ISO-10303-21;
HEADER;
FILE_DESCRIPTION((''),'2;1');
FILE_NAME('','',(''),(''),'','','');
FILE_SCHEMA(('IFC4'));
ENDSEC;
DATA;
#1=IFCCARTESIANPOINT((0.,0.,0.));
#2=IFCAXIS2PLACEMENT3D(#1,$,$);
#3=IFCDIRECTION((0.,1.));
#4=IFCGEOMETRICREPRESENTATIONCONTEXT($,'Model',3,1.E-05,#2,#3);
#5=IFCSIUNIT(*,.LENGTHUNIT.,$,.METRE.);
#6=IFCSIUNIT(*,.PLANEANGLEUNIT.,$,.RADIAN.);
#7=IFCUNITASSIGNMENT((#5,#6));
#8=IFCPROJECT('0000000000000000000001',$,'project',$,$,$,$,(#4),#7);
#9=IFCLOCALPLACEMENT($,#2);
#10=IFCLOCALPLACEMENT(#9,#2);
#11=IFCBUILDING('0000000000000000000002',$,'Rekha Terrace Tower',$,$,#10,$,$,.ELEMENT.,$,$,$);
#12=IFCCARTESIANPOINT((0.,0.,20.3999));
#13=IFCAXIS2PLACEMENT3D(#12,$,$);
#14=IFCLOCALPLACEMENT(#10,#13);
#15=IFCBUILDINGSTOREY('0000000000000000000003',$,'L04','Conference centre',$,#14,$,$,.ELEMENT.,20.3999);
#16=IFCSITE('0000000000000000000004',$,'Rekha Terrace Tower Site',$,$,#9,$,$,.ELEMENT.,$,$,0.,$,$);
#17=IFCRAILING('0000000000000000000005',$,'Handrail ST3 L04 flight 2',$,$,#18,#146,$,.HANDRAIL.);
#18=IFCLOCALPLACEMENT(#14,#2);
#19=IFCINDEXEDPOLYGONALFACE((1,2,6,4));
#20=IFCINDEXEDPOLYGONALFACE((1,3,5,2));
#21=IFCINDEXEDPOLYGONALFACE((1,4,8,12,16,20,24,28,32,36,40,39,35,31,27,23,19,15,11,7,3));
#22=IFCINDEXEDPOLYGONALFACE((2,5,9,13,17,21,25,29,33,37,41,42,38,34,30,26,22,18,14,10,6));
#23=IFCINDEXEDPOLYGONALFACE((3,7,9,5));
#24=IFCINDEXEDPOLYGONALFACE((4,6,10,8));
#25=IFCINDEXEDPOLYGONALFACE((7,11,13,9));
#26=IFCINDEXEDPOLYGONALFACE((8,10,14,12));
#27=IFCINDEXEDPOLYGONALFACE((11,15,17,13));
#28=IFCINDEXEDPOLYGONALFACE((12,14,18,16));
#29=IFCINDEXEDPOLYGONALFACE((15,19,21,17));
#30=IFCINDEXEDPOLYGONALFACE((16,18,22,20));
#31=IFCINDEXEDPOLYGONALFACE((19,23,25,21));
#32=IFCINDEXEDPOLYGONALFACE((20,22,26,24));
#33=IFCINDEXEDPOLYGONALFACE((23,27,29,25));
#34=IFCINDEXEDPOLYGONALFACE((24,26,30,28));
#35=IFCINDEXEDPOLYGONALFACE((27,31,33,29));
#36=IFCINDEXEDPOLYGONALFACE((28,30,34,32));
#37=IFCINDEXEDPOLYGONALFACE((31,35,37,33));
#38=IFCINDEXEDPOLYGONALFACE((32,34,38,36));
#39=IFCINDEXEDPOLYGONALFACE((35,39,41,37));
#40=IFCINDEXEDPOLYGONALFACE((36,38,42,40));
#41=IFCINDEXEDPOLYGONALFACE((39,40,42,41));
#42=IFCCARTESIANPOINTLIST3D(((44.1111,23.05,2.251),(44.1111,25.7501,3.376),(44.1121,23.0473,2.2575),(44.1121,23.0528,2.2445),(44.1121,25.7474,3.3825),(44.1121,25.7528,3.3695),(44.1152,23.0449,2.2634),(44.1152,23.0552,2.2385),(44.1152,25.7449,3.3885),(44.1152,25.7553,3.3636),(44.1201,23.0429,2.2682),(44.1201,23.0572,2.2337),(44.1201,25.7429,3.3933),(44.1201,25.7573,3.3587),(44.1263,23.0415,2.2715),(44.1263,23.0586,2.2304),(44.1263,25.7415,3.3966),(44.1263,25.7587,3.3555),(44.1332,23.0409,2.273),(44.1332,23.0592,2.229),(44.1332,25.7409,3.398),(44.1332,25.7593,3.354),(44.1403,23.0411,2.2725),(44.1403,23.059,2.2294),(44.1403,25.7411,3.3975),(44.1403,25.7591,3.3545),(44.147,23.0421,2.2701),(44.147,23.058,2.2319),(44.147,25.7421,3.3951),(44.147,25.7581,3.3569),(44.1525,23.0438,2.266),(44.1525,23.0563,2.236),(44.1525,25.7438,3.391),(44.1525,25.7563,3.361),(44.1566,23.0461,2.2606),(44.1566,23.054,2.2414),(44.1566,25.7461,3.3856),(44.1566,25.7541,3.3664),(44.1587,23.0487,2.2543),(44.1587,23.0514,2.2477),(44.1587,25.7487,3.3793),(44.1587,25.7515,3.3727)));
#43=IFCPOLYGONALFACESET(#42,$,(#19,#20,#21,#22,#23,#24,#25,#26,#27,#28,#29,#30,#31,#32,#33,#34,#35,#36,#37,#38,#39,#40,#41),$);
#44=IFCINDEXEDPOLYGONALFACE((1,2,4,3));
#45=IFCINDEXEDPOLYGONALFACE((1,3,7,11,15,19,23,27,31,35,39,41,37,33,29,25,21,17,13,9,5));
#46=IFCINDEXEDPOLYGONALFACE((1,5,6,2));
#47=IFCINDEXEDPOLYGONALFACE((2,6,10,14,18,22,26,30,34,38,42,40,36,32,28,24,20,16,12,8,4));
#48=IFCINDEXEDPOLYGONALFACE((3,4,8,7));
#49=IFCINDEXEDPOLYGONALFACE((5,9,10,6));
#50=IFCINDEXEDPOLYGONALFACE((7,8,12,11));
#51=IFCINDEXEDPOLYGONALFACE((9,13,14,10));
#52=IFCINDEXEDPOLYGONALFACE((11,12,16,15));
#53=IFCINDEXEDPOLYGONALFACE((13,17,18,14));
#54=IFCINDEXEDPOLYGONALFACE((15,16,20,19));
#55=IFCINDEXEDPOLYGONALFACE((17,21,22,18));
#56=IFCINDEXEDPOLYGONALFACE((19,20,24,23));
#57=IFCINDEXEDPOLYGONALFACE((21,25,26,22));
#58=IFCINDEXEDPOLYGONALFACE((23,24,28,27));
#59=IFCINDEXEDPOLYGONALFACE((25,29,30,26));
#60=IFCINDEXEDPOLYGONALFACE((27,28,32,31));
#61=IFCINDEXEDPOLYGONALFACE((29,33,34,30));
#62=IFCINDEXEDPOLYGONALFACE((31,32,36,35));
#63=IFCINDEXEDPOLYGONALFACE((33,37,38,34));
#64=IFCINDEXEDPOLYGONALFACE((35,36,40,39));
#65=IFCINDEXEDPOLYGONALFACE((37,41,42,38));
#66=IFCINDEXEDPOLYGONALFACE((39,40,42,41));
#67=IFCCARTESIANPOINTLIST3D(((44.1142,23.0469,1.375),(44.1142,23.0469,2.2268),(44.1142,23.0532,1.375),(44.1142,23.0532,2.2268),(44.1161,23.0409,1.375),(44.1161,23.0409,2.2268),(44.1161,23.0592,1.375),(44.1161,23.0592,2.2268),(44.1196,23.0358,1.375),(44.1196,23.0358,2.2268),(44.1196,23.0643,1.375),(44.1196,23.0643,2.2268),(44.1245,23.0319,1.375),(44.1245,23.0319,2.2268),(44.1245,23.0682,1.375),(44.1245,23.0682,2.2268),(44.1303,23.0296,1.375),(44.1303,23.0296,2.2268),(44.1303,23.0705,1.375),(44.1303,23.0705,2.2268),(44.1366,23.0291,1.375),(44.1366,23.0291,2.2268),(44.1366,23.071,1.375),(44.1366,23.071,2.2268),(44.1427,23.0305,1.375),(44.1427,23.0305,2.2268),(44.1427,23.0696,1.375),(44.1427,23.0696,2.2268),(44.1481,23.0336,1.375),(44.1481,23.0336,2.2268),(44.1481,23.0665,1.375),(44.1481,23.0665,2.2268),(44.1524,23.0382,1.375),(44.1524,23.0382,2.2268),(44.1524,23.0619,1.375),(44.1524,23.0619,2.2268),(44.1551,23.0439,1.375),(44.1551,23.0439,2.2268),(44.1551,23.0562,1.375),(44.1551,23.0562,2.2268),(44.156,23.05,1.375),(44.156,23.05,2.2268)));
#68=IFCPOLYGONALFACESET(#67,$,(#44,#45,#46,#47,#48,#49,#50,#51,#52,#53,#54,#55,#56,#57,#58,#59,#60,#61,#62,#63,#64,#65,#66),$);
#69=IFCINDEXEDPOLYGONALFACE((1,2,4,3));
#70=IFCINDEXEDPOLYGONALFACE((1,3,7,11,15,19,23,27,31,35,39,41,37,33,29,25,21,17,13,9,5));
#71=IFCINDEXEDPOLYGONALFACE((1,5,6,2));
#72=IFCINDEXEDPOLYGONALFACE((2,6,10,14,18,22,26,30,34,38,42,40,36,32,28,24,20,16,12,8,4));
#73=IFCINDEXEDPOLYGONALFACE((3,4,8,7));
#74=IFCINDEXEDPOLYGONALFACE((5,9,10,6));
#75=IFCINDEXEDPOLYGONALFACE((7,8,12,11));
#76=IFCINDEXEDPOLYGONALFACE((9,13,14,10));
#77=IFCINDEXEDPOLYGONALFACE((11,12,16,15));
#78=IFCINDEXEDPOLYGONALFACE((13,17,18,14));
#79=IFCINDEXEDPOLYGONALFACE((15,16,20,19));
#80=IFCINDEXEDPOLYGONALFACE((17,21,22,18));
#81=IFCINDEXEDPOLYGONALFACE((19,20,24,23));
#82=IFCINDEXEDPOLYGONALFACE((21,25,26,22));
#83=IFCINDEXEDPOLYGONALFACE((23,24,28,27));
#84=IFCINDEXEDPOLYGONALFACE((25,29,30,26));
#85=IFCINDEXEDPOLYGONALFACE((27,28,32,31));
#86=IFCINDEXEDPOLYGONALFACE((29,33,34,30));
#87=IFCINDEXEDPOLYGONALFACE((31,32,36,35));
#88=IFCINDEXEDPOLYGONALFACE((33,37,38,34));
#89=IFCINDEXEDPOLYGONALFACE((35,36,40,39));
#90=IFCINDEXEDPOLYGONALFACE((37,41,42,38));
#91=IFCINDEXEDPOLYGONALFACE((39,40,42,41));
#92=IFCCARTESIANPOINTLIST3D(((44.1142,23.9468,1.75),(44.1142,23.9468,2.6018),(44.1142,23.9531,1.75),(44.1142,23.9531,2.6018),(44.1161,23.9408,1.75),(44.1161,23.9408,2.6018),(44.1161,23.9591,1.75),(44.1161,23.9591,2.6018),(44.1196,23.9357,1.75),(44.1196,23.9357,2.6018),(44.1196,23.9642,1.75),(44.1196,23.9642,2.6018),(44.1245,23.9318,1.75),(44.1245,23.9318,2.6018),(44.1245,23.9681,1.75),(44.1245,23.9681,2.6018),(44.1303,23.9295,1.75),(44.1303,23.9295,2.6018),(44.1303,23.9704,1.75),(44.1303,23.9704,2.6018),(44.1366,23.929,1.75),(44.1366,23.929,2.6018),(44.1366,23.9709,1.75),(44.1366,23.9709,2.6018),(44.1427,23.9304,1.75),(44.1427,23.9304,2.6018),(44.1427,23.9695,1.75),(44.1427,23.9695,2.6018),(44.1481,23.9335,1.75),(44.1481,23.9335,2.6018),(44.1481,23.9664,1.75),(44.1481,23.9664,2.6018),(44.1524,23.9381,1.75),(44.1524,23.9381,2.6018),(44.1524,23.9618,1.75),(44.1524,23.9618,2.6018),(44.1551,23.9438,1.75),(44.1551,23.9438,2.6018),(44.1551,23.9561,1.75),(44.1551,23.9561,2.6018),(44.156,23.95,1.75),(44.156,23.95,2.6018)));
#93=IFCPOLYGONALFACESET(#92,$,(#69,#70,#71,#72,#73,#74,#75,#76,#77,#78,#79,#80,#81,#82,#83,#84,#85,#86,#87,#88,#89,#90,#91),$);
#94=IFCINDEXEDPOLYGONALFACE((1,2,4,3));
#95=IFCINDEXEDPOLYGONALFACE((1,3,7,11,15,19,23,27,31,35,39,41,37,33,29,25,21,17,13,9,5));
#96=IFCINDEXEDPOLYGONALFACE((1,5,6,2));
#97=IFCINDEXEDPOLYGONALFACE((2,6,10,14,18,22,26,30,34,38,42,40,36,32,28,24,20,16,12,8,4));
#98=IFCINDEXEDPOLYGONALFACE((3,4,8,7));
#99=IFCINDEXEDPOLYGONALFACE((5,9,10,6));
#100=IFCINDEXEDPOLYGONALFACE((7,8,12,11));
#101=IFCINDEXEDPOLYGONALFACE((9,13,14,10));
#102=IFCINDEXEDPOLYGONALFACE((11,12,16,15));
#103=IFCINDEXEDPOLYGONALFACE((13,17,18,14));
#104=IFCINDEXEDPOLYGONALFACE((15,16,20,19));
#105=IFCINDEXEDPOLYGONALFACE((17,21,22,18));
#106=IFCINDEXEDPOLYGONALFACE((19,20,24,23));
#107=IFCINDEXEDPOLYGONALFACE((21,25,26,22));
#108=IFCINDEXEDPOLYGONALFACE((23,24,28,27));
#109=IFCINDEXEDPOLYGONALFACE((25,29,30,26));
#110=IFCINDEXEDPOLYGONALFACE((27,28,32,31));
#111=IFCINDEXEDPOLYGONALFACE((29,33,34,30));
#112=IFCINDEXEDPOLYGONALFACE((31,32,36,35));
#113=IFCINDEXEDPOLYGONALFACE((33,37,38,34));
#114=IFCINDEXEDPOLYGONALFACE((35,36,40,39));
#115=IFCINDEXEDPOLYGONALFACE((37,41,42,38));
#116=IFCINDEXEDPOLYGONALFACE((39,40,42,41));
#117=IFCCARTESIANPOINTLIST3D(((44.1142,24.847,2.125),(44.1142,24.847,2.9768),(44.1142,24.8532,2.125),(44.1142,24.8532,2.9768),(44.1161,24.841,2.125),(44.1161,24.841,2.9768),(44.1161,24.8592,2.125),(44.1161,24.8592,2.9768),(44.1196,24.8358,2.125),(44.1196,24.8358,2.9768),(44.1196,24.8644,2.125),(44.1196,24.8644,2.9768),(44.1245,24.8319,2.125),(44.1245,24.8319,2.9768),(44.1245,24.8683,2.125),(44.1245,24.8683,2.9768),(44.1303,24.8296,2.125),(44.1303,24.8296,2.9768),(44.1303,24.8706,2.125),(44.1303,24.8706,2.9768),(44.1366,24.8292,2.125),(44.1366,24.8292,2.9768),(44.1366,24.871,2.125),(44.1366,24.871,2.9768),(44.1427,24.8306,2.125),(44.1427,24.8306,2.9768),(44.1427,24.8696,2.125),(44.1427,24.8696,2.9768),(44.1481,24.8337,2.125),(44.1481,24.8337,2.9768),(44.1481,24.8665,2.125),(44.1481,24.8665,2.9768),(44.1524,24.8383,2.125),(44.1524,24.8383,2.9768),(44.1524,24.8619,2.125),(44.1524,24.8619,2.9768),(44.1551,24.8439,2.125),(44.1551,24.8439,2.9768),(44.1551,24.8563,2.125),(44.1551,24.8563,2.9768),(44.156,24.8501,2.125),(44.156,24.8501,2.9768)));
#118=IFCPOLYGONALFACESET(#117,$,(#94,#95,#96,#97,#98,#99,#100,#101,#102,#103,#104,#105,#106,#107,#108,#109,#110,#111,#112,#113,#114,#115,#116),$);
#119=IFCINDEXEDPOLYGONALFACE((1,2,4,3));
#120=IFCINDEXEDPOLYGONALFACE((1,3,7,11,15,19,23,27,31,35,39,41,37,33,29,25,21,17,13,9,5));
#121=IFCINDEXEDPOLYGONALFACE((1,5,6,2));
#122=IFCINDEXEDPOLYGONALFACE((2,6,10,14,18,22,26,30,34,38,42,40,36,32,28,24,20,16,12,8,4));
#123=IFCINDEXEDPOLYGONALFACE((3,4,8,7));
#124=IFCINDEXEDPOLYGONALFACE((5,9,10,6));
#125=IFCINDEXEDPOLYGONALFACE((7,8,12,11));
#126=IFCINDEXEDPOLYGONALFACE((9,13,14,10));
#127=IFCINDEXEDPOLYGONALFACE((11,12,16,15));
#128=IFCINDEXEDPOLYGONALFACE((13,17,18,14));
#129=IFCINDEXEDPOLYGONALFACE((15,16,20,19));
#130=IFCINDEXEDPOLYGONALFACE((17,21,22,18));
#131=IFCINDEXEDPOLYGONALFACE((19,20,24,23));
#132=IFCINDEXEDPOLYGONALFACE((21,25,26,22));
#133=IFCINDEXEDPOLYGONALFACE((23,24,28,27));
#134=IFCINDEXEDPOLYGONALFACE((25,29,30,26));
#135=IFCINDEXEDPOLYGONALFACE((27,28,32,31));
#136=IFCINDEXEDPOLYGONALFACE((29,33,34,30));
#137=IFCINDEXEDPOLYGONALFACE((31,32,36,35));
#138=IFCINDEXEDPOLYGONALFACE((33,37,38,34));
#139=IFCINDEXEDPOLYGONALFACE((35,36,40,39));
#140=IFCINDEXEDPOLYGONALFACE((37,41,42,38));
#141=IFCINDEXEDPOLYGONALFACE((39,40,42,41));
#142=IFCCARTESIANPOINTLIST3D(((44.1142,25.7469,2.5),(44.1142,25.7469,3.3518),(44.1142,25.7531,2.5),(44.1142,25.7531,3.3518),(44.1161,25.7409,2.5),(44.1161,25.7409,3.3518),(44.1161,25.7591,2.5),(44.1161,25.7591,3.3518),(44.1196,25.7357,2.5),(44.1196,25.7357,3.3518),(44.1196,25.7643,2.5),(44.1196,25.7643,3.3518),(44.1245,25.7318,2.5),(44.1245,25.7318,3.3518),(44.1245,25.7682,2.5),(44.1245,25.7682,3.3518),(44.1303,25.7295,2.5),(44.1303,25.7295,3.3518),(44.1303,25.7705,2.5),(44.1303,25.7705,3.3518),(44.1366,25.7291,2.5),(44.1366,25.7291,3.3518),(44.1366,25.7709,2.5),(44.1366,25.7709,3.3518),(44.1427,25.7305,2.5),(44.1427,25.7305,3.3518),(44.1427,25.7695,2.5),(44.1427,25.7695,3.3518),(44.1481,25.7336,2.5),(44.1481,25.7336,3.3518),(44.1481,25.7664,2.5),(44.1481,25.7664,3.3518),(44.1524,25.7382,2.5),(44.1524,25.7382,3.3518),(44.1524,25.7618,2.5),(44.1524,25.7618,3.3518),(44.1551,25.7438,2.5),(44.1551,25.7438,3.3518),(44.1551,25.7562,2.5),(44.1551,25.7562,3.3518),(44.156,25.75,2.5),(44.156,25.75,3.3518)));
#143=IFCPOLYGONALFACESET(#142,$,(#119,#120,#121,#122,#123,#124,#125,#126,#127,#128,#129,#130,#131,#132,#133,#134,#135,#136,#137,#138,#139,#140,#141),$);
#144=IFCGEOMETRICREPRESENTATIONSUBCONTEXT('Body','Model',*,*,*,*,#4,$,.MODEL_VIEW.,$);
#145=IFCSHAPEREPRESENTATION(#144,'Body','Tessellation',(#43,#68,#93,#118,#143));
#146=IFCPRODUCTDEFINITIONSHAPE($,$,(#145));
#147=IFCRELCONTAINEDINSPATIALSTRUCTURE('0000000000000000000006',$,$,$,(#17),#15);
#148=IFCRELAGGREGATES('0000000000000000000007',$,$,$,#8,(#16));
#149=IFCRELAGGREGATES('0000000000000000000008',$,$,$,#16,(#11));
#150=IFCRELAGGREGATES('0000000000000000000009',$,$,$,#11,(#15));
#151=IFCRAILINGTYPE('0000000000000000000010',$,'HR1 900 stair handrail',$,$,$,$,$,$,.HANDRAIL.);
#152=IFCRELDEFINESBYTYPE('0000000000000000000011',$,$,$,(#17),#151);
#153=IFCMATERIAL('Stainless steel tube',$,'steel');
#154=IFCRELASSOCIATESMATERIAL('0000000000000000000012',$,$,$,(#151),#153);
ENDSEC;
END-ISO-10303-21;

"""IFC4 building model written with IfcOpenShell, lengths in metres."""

from ifc_helpers import new_model, si_unit, direction, frame, origin, origin_2d, place, context, subcontext, project, spatial, circle, extrude, material, type_object, element, save


model = new_model("IFC4")

# Units and contexts
model_context = context("Model", 3, precision=1e-05, world=origin(), true_north=direction((0.0, 1.0)))
body_context = subcontext(model_context, "Body", "Model", "MODEL_VIEW")
ifc_project = project(units=[si_unit("LENGTHUNIT", "METRE"), si_unit("PLANEANGLEUNIT", "RADIAN")], contexts=[model_context])

# Site, building, storey
site_placement = place(None, origin())
site = spatial("IfcSite", under=ifc_project, at=site_placement, Name="Rekha Terrace Tower Site", CompositionType="ELEMENT", RefElevation=0.0)
building_placement = place(site_placement, origin())
building = spatial("IfcBuilding", under=site, at=building_placement, Name="Rekha Terrace Tower", CompositionType="ELEMENT")
storey_placement = place(building_placement, frame((0.0, 0.0, 20.3999)))
storey = spatial("IfcBuildingStorey", under=building, at=storey_placement, Name="L04", Description="Conference centre", CompositionType="ELEMENT", Elevation=20.3999)

# Railing
ifc_material_1 = material(Name="Stainless steel tube", Category="steel")
railing_type = type_object("IfcRailingType", Name="HR1 900 stair handrail", PredefinedType="HANDRAIL", material=ifc_material_1)
railing_placement = place(storey_placement, frame((44.135, 23.05, 1.375)))
element("IfcRailing", 1, at=railing_placement, inside=storey, type_object=railing_type, Name="Handrail ST3 L04 flight 2", PredefinedType="HANDRAIL", context=body_context, shape_type="SweptSolid", body=[
    extrude(circle(Radius=0.0239, at=origin_2d()), frame((0.0, 0.0, 0.876), z_axis=(0.0, 0.923074, 0.384621), x_axis=(-1.0, 0.0, 0.0)), (0.0, 0.0, 1.0), 2.925),
    extrude(circle(Radius=0.021, at=origin_2d()), origin(), (0.0, 0.0, 1.0), 0.8518),
    extrude(circle(Radius=0.021, at=origin_2d()), frame((0.0, 0.8999, 0.375)), (0.0, 0.0, 1.0), 0.8518),
    extrude(circle(Radius=0.021, at=origin_2d()), frame((0.0, 1.8, 0.75)), (0.0, 0.0, 1.0), 0.8518),
    extrude(circle(Radius=0.021, at=origin_2d()), frame((0.0, 2.7, 1.125)), (0.0, 0.0, 1.0), 0.8518),
])

save(model, "model.ifc")
